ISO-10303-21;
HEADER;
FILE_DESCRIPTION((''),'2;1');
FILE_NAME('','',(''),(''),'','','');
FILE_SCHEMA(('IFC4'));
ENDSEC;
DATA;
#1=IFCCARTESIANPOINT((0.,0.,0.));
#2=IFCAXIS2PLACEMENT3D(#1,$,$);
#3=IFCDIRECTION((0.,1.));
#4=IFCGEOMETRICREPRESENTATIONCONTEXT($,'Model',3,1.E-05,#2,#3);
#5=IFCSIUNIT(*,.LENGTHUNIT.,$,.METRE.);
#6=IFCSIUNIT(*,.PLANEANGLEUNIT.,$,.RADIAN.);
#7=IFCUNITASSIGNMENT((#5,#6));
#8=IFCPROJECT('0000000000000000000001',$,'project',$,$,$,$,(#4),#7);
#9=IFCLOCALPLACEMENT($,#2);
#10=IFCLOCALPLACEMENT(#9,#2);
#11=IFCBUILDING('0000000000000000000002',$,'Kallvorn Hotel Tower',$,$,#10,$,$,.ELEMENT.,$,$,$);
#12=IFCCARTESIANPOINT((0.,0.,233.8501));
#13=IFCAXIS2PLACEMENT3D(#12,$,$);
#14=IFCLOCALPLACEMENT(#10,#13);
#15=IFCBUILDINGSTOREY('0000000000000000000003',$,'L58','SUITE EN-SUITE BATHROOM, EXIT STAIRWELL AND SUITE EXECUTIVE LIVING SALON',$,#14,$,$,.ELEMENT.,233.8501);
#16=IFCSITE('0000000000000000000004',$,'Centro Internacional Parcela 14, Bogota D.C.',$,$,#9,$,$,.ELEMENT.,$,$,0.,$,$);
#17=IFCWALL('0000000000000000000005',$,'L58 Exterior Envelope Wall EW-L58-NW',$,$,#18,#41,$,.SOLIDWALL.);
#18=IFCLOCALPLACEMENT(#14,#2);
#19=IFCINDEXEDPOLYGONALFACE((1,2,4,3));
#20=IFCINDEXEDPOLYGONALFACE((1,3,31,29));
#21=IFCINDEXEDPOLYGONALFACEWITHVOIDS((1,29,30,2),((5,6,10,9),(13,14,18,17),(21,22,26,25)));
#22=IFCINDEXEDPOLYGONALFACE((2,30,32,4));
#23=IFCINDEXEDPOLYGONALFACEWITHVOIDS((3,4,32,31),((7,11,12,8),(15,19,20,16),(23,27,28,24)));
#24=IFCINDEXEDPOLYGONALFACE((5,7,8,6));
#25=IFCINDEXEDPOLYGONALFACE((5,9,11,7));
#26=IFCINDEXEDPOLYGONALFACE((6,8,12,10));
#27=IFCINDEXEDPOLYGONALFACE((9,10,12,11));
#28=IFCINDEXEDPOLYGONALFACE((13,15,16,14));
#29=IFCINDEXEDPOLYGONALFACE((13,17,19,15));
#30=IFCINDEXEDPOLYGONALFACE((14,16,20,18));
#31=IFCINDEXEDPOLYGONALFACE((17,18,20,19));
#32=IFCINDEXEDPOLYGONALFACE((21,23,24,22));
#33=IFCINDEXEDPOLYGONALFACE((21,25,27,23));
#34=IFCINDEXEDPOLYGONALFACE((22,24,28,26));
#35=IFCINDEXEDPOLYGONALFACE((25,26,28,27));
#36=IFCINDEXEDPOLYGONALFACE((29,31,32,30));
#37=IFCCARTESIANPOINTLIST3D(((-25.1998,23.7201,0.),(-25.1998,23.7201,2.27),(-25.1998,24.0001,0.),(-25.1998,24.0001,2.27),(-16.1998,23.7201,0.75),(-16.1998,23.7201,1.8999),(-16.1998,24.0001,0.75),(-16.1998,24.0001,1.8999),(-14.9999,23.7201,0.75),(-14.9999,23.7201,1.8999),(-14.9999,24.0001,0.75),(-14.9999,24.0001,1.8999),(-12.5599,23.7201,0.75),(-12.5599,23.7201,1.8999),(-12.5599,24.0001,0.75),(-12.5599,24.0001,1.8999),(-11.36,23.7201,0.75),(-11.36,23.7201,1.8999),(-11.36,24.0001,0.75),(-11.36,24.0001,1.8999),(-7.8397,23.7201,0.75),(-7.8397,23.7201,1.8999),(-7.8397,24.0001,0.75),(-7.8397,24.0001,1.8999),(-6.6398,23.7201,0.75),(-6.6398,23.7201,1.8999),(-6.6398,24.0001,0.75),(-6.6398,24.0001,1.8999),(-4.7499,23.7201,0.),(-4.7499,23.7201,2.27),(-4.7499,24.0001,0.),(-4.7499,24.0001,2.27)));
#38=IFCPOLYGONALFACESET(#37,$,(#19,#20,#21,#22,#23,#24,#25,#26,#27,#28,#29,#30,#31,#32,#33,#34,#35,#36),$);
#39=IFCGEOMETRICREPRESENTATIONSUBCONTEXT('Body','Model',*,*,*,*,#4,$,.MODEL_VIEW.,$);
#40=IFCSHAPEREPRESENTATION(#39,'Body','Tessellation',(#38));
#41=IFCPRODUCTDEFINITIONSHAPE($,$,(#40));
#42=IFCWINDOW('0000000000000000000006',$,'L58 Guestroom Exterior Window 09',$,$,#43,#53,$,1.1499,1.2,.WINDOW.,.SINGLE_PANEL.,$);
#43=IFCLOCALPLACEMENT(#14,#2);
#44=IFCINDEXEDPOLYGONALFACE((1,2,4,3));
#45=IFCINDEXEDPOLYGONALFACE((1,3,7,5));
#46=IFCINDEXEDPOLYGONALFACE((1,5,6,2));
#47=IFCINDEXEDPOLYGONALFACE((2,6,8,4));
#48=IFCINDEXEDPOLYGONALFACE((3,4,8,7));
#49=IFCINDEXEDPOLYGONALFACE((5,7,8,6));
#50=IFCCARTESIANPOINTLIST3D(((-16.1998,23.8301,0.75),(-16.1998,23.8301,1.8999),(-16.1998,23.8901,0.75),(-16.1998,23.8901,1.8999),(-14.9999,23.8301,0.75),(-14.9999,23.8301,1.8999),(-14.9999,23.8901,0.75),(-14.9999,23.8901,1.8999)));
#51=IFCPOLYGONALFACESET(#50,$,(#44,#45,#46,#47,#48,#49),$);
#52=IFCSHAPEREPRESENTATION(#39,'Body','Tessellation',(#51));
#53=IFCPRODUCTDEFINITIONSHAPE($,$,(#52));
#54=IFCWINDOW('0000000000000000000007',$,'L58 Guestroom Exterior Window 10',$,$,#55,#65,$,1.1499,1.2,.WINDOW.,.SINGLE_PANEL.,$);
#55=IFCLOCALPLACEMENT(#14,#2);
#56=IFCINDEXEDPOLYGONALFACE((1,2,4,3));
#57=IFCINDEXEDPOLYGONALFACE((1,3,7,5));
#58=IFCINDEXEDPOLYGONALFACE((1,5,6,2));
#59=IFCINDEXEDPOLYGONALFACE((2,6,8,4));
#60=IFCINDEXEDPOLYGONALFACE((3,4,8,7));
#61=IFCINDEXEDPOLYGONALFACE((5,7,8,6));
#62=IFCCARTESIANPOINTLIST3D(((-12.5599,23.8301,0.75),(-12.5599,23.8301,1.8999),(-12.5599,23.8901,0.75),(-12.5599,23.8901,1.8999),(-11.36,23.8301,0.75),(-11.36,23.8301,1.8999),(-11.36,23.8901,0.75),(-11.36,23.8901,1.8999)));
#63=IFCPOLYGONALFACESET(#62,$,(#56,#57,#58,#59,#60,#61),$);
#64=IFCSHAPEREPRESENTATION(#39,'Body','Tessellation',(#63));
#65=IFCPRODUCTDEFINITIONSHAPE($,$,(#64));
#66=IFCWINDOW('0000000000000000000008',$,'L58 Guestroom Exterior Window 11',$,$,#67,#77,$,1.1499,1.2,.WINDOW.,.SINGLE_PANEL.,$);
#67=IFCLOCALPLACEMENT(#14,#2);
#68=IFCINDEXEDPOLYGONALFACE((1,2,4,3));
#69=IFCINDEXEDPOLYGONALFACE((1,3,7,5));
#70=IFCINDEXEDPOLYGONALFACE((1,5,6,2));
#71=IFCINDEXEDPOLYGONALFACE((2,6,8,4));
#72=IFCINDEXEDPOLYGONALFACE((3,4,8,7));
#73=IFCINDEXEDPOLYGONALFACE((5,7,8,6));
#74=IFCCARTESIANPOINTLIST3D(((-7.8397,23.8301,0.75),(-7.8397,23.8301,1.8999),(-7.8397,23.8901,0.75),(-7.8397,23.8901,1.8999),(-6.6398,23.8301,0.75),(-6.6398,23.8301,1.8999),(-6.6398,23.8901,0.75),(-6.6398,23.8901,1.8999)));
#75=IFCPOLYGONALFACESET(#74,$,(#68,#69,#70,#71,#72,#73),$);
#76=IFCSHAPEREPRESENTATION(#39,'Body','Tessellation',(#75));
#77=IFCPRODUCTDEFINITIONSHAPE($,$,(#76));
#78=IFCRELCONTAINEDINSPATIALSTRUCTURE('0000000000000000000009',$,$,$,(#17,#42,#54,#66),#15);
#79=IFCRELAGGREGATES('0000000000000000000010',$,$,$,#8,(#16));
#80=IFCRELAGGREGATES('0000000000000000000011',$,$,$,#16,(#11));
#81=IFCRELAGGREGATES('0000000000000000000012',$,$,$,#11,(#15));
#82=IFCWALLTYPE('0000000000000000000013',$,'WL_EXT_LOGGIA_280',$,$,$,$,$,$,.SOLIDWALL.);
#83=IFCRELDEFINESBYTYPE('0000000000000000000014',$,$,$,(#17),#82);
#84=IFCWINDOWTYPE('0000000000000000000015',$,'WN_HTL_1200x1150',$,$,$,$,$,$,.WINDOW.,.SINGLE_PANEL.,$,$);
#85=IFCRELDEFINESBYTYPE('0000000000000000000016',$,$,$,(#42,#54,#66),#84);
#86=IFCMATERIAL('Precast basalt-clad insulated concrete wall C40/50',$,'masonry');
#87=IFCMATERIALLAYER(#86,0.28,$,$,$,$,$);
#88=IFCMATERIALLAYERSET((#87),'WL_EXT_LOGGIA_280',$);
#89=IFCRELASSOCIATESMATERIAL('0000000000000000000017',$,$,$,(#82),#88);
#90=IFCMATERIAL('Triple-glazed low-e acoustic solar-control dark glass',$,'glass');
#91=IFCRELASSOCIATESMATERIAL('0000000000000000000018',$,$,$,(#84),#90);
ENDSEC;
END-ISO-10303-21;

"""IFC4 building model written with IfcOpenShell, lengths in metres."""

from ifc_helpers import new_model, si_unit, direction, frame, frame_2d, origin, place, context, subcontext, project, spatial, rectangle, extrude, material, layer, layer_set, type_object, element, fill, save


model = new_model("IFC4")

# Units and contexts
model_context = context("Model", 3, precision=1e-05, world=origin(), true_north=direction((0.0, 1.0)))
body_context = subcontext(model_context, "Body", "Model", "MODEL_VIEW")
ifc_project = project(units=[si_unit("LENGTHUNIT", "METRE"), si_unit("PLANEANGLEUNIT", "RADIAN")], contexts=[model_context])

# Site, building, storey
site_placement = place(None, origin())
site = spatial("IfcSite", under=ifc_project, at=site_placement, Name="Centro Internacional Parcela 14, Bogota D.C.", CompositionType="ELEMENT", RefElevation=0.0)
building_placement = place(site_placement, origin())
building = spatial("IfcBuilding", under=site, at=building_placement, Name="Kallvorn Hotel Tower", CompositionType="ELEMENT")
storey_placement = place(building_placement, frame((0.0, 0.0, 233.8501)))
storey = spatial("IfcBuildingStorey", under=building, at=storey_placement, Name="L58", Description="SUITE EN-SUITE BATHROOM, EXIT STAIRWELL AND SUITE EXECUTIVE LIVING SALON", CompositionType="ELEMENT", Elevation=233.8501)

# Shared definitions
ifc_material_1 = material(Name="Precast basalt-clad insulated concrete wall C40/50", Category="masonry")
ifc_layer_1 = layer(ifc_material_1, 0.28)
ifc_layer_set_1 = layer_set([ifc_layer_1], Name="WL_EXT_LOGGIA_280")
wall_type = type_object("IfcWallType", Name="WL_EXT_LOGGIA_280", PredefinedType="SOLIDWALL", material=ifc_layer_set_1)

# Wall, openings, windows
wall_1_placement = place(storey_placement, frame((-25.2, 23.8601, 0.0), z_axis=(0.0, 0.0, 1.0), x_axis=(1.0, 0.0, 0.0)))
wall_1 = element("IfcWall", 1, at=wall_1_placement, inside=storey, type_object=wall_type, Name="L58 Exterior Envelope Wall EW-L58-NW", PredefinedType="SOLIDWALL", context=body_context, shape_type="SweptSolid", body=[
    extrude(rectangle(XDim=20.45, YDim=0.28, at=frame_2d((10.2251, 0.0))), origin(), (0.0, 0.0, 1.0), 2.27),
])
opening_1_placement = place(wall_1_placement, frame((9.0, 0.0, 0.75)))
opening_1 = element("IfcOpeningElement", 2, at=opening_1_placement, cuts=wall_1, PredefinedType="OPENING", context=body_context, shape_type="SweptSolid", body=[
    extrude(rectangle(XDim=1.2, YDim=1.1499, at=frame_2d((0.6001, 0.575))), frame((0.0, 0.155, 0.0), z_axis=(0.0, -1.0, 0.0), x_axis=(1.0, 0.0, 0.0)), (0.0, 0.0, 1.0), 0.3101),
])
opening_2_placement = place(wall_1_placement, frame((12.6399, 0.0, 0.75)))
opening_2 = element("IfcOpeningElement", 3, at=opening_2_placement, cuts=wall_1, PredefinedType="OPENING", context=body_context, shape_type="SweptSolid", body=[
    extrude(rectangle(XDim=1.2, YDim=1.1499, at=frame_2d((0.6001, 0.575))), frame((0.0, 0.155, 0.0), z_axis=(0.0, -1.0, 0.0), x_axis=(1.0, 0.0, 0.0)), (0.0, 0.0, 1.0), 0.3101),
])
opening_3_placement = place(wall_1_placement, frame((17.3601, 0.0, 0.75)))
opening_3 = element("IfcOpeningElement", 4, at=opening_3_placement, cuts=wall_1, PredefinedType="OPENING", context=body_context, shape_type="SweptSolid", body=[
    extrude(rectangle(XDim=1.2, YDim=1.1499, at=frame_2d((0.6001, 0.575))), frame((0.0, 0.155, 0.0), z_axis=(0.0, -1.0, 0.0), x_axis=(1.0, 0.0, 0.0)), (0.0, 0.0, 1.0), 0.3101),
])
ifc_material_2 = material(Name="Triple-glazed low-e acoustic solar-control dark glass", Category="glass")
window_type = type_object("IfcWindowType", Name="WN_HTL_1200x1150", PartitioningType="SINGLE_PANEL", PredefinedType="WINDOW", material=ifc_material_2)
window_1_placement = place(opening_1_placement, origin())
window_1 = element("IfcWindow", 5, at=window_1_placement, inside=storey, type_object=window_type, Name="L58 Guestroom Exterior Window 09", OverallHeight=1.1499, OverallWidth=1.2, PartitioningType="SINGLE_PANEL", PredefinedType="WINDOW", context=body_context, shape_type="SweptSolid", body=[
    extrude(rectangle(XDim=1.2, YDim=1.1499, at=frame_2d((0.6001, 0.575))), frame((0.0, 0.03, 0.0), z_axis=(0.0, -1.0, 0.0), x_axis=(1.0, 0.0, 0.0)), (0.0, 0.0, 1.0), 0.0601),
])
fill(opening_1, window_1)
window_2_placement = place(opening_2_placement, origin())
window_2 = element("IfcWindow", 6, at=window_2_placement, inside=storey, type_object=window_type, Name="L58 Guestroom Exterior Window 10", OverallHeight=1.1499, OverallWidth=1.2, PartitioningType="SINGLE_PANEL", PredefinedType="WINDOW", context=body_context, shape_type="SweptSolid", body=[
    extrude(rectangle(XDim=1.2, YDim=1.1499, at=frame_2d((0.6001, 0.575))), frame((0.0, 0.03, 0.0), z_axis=(0.0, -1.0, 0.0), x_axis=(1.0, 0.0, 0.0)), (0.0, 0.0, 1.0), 0.0601),
])
fill(opening_2, window_2)
window_3_placement = place(opening_3_placement, origin())
window_3 = element("IfcWindow", 7, at=window_3_placement, inside=storey, type_object=window_type, Name="L58 Guestroom Exterior Window 11", OverallHeight=1.1499, OverallWidth=1.2, PartitioningType="SINGLE_PANEL", PredefinedType="WINDOW", context=body_context, shape_type="SweptSolid", body=[
    extrude(rectangle(XDim=1.2, YDim=1.1499, at=frame_2d((0.6001, 0.575))), frame((0.0, 0.03, 0.0), z_axis=(0.0, -1.0, 0.0), x_axis=(1.0, 0.0, 0.0)), (0.0, 0.0, 1.0), 0.0601),
])
fill(opening_3, window_3)

save(model, "model.ifc")
